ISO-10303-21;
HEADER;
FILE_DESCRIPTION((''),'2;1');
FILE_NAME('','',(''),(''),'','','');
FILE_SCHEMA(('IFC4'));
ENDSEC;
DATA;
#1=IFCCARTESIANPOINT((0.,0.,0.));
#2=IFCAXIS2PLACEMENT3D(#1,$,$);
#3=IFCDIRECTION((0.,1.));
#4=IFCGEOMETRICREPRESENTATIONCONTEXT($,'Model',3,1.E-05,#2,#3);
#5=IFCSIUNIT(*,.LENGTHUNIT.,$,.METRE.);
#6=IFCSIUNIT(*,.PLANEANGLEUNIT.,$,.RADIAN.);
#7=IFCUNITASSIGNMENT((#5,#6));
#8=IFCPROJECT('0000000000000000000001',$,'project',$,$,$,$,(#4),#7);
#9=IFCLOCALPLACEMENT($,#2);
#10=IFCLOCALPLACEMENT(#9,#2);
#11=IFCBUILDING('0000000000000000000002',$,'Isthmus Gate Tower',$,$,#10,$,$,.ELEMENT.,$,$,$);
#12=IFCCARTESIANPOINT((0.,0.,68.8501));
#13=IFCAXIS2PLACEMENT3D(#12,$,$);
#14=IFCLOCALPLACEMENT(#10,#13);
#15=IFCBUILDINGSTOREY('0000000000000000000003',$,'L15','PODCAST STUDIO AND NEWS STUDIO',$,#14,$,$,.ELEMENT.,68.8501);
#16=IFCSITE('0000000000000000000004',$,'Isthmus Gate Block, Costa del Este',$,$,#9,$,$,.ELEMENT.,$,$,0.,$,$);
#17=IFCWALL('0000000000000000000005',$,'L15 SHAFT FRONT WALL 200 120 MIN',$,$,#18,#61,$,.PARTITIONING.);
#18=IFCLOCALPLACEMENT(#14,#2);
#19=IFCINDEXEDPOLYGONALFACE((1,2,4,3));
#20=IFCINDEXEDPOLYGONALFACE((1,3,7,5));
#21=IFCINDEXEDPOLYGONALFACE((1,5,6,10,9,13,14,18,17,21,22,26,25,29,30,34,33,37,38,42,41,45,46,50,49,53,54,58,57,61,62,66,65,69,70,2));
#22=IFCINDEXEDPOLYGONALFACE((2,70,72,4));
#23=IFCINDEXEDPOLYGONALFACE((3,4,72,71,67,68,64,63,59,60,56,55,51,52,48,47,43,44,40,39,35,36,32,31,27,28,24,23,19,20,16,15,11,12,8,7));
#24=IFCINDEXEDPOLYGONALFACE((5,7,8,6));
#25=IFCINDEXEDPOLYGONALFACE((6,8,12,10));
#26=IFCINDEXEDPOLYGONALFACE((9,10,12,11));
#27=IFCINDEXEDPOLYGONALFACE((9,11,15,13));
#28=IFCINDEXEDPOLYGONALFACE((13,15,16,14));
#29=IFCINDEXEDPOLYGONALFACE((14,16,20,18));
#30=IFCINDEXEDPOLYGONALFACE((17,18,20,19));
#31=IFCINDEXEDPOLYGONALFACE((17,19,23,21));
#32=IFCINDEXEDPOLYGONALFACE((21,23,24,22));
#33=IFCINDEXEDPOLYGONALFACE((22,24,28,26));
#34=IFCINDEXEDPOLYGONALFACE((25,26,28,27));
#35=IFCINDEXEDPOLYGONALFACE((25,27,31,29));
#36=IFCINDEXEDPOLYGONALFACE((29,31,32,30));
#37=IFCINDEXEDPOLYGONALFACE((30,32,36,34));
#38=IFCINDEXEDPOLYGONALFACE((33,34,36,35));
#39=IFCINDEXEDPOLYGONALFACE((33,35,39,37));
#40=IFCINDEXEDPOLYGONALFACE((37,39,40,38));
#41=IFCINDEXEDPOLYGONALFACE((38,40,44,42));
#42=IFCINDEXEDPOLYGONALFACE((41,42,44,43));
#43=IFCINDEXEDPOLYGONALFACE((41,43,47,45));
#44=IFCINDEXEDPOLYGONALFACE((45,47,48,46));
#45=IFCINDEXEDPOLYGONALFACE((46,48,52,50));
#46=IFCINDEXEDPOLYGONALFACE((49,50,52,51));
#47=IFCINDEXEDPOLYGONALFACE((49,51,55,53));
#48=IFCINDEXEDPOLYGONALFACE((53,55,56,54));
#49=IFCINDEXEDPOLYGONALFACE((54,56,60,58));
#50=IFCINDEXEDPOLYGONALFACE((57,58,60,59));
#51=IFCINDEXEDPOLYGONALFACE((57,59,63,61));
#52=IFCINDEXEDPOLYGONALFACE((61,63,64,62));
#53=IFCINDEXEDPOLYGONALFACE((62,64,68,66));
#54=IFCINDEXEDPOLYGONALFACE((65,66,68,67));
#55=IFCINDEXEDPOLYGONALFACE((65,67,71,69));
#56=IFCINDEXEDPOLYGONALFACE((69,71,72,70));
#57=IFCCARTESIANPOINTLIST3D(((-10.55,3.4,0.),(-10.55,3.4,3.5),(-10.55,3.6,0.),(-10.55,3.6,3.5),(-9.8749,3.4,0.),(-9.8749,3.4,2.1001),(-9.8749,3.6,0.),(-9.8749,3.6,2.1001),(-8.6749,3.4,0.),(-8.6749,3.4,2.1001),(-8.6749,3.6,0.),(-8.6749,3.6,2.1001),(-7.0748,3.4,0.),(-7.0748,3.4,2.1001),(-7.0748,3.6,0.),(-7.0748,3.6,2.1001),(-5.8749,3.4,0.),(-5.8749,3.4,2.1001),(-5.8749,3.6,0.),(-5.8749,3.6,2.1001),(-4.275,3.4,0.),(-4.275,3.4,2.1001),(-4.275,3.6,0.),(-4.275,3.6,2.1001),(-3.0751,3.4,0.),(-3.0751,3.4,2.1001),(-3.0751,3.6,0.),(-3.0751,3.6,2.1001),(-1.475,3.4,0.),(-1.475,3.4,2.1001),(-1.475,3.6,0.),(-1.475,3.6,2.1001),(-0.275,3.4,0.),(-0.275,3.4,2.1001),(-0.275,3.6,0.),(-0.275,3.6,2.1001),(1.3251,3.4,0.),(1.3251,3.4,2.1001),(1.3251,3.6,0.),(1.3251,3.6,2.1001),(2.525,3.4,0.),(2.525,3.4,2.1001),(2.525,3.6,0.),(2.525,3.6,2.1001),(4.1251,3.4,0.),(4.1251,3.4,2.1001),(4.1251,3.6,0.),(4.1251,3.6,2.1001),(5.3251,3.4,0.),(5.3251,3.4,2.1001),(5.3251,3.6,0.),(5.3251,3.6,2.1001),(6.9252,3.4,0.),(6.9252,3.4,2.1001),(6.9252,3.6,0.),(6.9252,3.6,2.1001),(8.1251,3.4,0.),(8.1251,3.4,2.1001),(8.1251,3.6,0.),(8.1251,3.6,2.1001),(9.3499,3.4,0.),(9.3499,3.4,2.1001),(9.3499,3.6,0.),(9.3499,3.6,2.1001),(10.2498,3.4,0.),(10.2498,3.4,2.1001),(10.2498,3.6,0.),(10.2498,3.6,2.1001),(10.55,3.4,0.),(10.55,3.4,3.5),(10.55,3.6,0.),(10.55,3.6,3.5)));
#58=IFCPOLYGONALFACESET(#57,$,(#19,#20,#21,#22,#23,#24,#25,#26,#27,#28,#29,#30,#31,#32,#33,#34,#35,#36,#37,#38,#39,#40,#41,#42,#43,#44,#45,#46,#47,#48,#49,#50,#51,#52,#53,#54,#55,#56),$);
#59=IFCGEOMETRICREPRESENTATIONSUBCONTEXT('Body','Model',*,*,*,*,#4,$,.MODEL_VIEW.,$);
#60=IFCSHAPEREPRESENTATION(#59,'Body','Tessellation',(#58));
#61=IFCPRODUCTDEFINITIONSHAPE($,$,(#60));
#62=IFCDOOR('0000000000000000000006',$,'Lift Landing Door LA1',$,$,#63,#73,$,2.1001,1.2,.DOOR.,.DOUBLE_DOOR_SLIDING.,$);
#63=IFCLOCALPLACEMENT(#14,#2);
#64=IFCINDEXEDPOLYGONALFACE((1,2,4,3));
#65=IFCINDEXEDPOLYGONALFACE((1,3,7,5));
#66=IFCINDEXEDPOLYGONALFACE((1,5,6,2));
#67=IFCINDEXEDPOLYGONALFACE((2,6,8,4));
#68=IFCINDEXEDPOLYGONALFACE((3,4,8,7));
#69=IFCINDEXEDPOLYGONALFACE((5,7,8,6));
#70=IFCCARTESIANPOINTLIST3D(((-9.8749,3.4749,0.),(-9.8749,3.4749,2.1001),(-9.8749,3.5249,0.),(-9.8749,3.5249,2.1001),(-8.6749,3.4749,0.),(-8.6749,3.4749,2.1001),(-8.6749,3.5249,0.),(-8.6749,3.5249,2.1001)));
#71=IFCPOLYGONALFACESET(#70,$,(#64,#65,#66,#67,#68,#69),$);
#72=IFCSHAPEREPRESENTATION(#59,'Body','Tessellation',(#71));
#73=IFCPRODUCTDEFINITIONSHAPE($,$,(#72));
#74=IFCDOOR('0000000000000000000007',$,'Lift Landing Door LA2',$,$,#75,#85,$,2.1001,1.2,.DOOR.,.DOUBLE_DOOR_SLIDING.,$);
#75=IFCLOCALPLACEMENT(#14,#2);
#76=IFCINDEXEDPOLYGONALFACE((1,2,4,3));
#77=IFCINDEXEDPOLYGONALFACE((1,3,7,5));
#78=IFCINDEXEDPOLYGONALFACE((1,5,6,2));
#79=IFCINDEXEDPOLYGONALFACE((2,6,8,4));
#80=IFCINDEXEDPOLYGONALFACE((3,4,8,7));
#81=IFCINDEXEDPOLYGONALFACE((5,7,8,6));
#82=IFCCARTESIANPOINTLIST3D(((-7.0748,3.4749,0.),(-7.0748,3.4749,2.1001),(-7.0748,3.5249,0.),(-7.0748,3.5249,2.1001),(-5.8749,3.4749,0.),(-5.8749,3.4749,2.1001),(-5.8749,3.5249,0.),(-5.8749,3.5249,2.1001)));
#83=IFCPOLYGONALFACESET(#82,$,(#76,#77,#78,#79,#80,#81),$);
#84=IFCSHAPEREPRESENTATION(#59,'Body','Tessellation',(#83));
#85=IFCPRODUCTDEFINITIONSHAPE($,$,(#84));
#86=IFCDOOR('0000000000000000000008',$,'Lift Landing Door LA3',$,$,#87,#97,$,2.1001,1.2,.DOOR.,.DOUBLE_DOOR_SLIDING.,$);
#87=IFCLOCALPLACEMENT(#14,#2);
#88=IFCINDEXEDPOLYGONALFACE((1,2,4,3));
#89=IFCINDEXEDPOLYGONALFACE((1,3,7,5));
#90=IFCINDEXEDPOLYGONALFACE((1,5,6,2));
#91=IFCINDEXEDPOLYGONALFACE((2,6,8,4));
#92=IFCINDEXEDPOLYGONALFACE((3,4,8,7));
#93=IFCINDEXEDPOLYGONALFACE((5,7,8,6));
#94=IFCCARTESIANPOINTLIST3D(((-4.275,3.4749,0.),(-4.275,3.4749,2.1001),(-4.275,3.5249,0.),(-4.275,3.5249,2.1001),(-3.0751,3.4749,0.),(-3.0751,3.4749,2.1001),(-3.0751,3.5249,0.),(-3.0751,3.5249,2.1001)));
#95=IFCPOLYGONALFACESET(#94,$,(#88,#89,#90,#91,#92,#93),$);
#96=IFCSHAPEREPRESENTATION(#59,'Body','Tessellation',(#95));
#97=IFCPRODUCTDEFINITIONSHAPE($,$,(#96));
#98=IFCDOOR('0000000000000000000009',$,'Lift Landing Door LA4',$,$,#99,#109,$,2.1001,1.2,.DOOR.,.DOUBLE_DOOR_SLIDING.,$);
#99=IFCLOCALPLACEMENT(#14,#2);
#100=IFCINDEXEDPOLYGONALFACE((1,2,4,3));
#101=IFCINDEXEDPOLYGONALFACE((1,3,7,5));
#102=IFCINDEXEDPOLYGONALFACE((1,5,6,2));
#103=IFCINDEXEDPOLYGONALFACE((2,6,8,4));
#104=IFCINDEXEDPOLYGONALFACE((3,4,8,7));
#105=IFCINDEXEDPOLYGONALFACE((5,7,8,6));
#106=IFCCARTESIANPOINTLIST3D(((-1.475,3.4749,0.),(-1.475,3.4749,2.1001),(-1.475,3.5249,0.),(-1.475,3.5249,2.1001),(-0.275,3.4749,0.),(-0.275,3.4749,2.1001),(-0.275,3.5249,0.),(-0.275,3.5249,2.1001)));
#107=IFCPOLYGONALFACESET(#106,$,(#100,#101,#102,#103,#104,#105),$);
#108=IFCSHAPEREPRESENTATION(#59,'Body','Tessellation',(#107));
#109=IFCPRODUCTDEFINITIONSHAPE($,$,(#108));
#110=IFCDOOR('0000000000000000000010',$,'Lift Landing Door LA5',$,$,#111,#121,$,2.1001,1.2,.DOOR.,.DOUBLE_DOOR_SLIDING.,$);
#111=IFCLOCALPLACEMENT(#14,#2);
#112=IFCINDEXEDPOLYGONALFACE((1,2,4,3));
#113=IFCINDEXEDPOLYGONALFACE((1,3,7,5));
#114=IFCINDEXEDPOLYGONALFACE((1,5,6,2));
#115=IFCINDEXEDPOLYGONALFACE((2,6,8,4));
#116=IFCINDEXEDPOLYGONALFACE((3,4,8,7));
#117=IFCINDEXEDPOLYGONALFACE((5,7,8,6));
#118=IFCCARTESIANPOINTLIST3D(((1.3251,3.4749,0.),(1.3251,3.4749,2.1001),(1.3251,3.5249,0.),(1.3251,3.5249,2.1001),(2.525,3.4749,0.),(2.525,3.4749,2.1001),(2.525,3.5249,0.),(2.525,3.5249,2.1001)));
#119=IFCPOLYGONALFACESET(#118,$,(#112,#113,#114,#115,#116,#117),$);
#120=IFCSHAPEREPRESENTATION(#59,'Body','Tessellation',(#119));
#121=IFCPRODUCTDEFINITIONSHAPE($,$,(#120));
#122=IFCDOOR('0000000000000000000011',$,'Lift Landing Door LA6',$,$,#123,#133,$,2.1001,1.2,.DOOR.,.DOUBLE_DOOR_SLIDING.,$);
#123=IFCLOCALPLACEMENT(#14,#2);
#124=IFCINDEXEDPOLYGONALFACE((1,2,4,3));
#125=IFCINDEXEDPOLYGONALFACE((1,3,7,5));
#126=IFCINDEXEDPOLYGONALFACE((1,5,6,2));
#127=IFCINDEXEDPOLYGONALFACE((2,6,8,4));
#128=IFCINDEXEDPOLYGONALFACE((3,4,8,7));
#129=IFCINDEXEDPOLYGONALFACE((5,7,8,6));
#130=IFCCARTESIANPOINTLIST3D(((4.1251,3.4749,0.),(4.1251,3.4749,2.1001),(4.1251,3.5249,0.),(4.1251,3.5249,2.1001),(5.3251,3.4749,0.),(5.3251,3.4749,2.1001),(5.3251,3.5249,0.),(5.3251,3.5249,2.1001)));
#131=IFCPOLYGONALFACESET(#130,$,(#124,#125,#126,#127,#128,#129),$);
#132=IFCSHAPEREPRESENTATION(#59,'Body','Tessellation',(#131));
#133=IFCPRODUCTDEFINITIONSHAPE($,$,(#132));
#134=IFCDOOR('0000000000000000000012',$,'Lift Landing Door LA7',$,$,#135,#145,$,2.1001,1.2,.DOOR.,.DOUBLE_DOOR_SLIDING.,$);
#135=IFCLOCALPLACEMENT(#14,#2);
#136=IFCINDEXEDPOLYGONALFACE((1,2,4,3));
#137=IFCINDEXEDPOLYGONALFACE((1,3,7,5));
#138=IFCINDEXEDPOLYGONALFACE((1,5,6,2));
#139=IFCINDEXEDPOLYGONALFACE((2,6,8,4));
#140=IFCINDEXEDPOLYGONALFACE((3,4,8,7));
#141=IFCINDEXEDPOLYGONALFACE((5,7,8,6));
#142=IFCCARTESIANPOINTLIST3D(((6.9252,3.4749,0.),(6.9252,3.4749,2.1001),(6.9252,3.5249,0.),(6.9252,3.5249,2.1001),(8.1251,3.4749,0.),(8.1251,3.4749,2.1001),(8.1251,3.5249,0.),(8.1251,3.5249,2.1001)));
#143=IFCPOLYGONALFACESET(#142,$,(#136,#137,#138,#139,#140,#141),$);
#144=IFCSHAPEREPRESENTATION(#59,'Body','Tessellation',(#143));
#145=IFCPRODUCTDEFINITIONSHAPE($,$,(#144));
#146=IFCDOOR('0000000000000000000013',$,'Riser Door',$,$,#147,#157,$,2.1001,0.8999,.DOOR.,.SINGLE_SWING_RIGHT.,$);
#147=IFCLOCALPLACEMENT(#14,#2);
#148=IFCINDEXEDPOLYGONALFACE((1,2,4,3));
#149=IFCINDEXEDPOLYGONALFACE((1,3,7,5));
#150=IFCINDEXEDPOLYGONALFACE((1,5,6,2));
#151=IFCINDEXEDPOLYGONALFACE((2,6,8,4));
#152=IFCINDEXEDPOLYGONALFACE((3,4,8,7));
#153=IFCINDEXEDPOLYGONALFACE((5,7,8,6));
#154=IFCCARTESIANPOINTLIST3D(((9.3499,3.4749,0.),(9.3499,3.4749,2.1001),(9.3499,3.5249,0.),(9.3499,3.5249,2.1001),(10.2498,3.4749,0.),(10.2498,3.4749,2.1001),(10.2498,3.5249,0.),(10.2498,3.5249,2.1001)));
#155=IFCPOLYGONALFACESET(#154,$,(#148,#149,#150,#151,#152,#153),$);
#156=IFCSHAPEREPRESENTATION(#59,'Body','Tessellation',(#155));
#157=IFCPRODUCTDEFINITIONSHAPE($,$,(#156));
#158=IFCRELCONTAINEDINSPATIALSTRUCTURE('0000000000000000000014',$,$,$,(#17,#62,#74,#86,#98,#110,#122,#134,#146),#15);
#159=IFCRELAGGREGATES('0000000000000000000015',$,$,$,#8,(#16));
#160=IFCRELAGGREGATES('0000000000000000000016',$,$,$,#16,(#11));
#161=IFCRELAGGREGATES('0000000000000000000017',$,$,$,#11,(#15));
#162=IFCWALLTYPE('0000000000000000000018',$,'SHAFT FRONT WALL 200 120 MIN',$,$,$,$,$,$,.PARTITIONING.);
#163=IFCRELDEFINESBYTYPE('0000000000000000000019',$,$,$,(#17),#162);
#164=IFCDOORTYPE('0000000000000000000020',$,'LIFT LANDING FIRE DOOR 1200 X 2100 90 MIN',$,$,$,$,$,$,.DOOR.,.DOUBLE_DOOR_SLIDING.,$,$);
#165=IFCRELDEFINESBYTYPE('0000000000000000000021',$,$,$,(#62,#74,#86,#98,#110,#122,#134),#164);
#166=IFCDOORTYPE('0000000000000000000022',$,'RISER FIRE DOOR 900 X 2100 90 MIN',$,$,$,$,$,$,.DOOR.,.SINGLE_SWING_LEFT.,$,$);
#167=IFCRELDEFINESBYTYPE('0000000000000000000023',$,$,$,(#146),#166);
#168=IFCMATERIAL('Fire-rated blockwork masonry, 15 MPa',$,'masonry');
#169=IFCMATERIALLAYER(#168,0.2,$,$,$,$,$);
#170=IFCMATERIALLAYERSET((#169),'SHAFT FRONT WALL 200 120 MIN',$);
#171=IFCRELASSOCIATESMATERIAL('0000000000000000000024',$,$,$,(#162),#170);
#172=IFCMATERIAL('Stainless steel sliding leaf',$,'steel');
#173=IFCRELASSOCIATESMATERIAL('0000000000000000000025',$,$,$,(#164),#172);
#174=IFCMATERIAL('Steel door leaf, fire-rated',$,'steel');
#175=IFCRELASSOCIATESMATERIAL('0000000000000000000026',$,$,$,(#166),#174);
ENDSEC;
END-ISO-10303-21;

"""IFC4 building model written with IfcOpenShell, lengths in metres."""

from ifc_helpers import new_model, si_unit, direction, frame, frame_2d, origin, place, context, subcontext, project, spatial, rectangle, extrude, material, layer, layer_set, type_object, element, fill, save


model = new_model("IFC4")

# Units and contexts
model_context = context("Model", 3, precision=1e-05, world=origin(), true_north=direction((0.0, 1.0)))
body_context = subcontext(model_context, "Body", "Model", "MODEL_VIEW")
ifc_project = project(units=[si_unit("LENGTHUNIT", "METRE"), si_unit("PLANEANGLEUNIT", "RADIAN")], contexts=[model_context])

# Site, building, storey
site_placement = place(None, origin())
site = spatial("IfcSite", under=ifc_project, at=site_placement, Name="Isthmus Gate Block, Costa del Este", CompositionType="ELEMENT", RefElevation=0.0)
building_placement = place(site_placement, origin())
building = spatial("IfcBuilding", under=site, at=building_placement, Name="Isthmus Gate Tower", CompositionType="ELEMENT")
storey_placement = place(building_placement, frame((0.0, 0.0, 68.8501)))
storey = spatial("IfcBuildingStorey", under=building, at=storey_placement, Name="L15", Description="PODCAST STUDIO AND NEWS STUDIO", CompositionType="ELEMENT", Elevation=68.8501)

# Wall, openings, doors
ifc_material_1 = material(Name="Fire-rated blockwork masonry, 15 MPa", Category="masonry")
ifc_layer_1 = layer(ifc_material_1, 0.2)
ifc_layer_set_1 = layer_set([ifc_layer_1], Name="SHAFT FRONT WALL 200 120 MIN")
wall_type_1 = type_object("IfcWallType", Name="SHAFT FRONT WALL 200 120 MIN", PredefinedType="PARTITIONING", material=ifc_layer_set_1)
wall_1_placement = place(storey_placement, frame((-10.55, 3.5, 0.0), z_axis=(0.0, 0.0, 1.0), x_axis=(1.0, 0.0, 0.0)))
wall_1 = element("IfcWall", 1, at=wall_1_placement, inside=storey, type_object=wall_type_1, Name="L15 SHAFT FRONT WALL 200 120 MIN", PredefinedType="PARTITIONING", context=body_context, shape_type="SweptSolid", body=[
    extrude(rectangle(XDim=21.1001, YDim=0.2, at=frame_2d((10.55, 0.0))), origin(), (0.0, 0.0, 1.0), 3.5),
])
opening_1_placement = place(wall_1_placement, frame((0.675, 0.0, 0.0)))
opening_1 = element("IfcOpeningElement", 2, at=opening_1_placement, cuts=wall_1, PredefinedType="OPENING", context=body_context, shape_type="SweptSolid", body=[
    extrude(rectangle(XDim=1.2, YDim=2.1001, at=frame_2d((0.6001, 1.05))), frame((0.0, 0.1099, 0.0), z_axis=(0.0, -1.0, 0.0), x_axis=(1.0, 0.0, 0.0)), (0.0, 0.0, 1.0), 0.22),
])
opening_2_placement = place(wall_1_placement, frame((3.4751, 0.0, 0.0)))
opening_2 = element("IfcOpeningElement", 3, at=opening_2_placement, cuts=wall_1, PredefinedType="OPENING", context=body_context, shape_type="SweptSolid", body=[
    extrude(rectangle(XDim=1.2, YDim=2.1001, at=frame_2d((0.6001, 1.05))), frame((0.0, 0.1099, 0.0), z_axis=(0.0, -1.0, 0.0), x_axis=(1.0, 0.0, 0.0)), (0.0, 0.0, 1.0), 0.22),
])
opening_3_placement = place(wall_1_placement, frame((6.2749, 0.0, 0.0)))
opening_3 = element("IfcOpeningElement", 4, at=opening_3_placement, cuts=wall_1, PredefinedType="OPENING", context=body_context, shape_type="SweptSolid", body=[
    extrude(rectangle(XDim=1.2, YDim=2.1001, at=frame_2d((0.6001, 1.05))), frame((0.0, 0.1099, 0.0), z_axis=(0.0, -1.0, 0.0), x_axis=(1.0, 0.0, 0.0)), (0.0, 0.0, 1.0), 0.22),
])
opening_4_placement = place(wall_1_placement, frame((9.075, 0.0, 0.0)))
opening_4 = element("IfcOpeningElement", 5, at=opening_4_placement, cuts=wall_1, PredefinedType="OPENING", context=body_context, shape_type="SweptSolid", body=[
    extrude(rectangle(XDim=1.2, YDim=2.1001, at=frame_2d((0.6001, 1.05))), frame((0.0, 0.1099, 0.0), z_axis=(0.0, -1.0, 0.0), x_axis=(1.0, 0.0, 0.0)), (0.0, 0.0, 1.0), 0.22),
])
opening_5_placement = place(wall_1_placement, frame((11.875, 0.0, 0.0)))
opening_5 = element("IfcOpeningElement", 6, at=opening_5_placement, cuts=wall_1, PredefinedType="OPENING", context=body_context, shape_type="SweptSolid", body=[
    extrude(rectangle(XDim=1.2, YDim=2.1001, at=frame_2d((0.6001, 1.05))), frame((0.0, 0.1099, 0.0), z_axis=(0.0, -1.0, 0.0), x_axis=(1.0, 0.0, 0.0)), (0.0, 0.0, 1.0), 0.22),
])
opening_6_placement = place(wall_1_placement, frame((14.675, 0.0, 0.0)))
opening_6 = element("IfcOpeningElement", 7, at=opening_6_placement, cuts=wall_1, PredefinedType="OPENING", context=body_context, shape_type="SweptSolid", body=[
    extrude(rectangle(XDim=1.2, YDim=2.1001, at=frame_2d((0.6001, 1.05))), frame((0.0, 0.1099, 0.0), z_axis=(0.0, -1.0, 0.0), x_axis=(1.0, 0.0, 0.0)), (0.0, 0.0, 1.0), 0.22),
])
opening_7_placement = place(wall_1_placement, frame((17.4751, 0.0, 0.0)))
opening_7 = element("IfcOpeningElement", 8, at=opening_7_placement, cuts=wall_1, PredefinedType="OPENING", context=body_context, shape_type="SweptSolid", body=[
    extrude(rectangle(XDim=1.2, YDim=2.1001, at=frame_2d((0.6001, 1.05))), frame((0.0, 0.1099, 0.0), z_axis=(0.0, -1.0, 0.0), x_axis=(1.0, 0.0, 0.0)), (0.0, 0.0, 1.0), 0.22),
])
opening_8_placement = place(wall_1_placement, frame((19.8999, 0.0, 0.0)))
opening_8 = element("IfcOpeningElement", 9, at=opening_8_placement, cuts=wall_1, PredefinedType="OPENING", context=body_context, shape_type="SweptSolid", body=[
    extrude(rectangle(XDim=0.8999, YDim=2.1001, at=frame_2d((0.45, 1.05))), frame((0.0, 0.1099, 0.0), z_axis=(0.0, -1.0, 0.0), x_axis=(1.0, 0.0, 0.0)), (0.0, 0.0, 1.0), 0.22),
])
ifc_material_2 = material(Name="Stainless steel sliding leaf", Category="steel")
door_type_1 = type_object("IfcDoorType", Name="LIFT LANDING FIRE DOOR 1200 X 2100 90 MIN", OperationType="DOUBLE_DOOR_SLIDING", PredefinedType="DOOR", material=ifc_material_2)
door_1_placement = place(opening_1_placement, origin())
door_1 = element("IfcDoor", 10, at=door_1_placement, inside=storey, type_object=door_type_1, Name="Lift Landing Door LA1", OperationType="DOUBLE_DOOR_SLIDING", OverallHeight=2.1001, OverallWidth=1.2, PredefinedType="DOOR", context=body_context, shape_type="SweptSolid", body=[
    extrude(rectangle(XDim=1.2, YDim=2.1001, at=frame_2d((0.6001, 1.05))), frame((0.0, 0.0249, 0.0), z_axis=(0.0, -1.0, 0.0), x_axis=(1.0, 0.0, 0.0)), (0.0, 0.0, 1.0), 0.05),
])
fill(opening_1, door_1)
door_2_placement = place(opening_2_placement, origin())
door_2 = element("IfcDoor", 11, at=door_2_placement, inside=storey, type_object=door_type_1, Name="Lift Landing Door LA2", OperationType="DOUBLE_DOOR_SLIDING", OverallHeight=2.1001, OverallWidth=1.2, PredefinedType="DOOR", context=body_context, shape_type="SweptSolid", body=[
    extrude(rectangle(XDim=1.2, YDim=2.1001, at=frame_2d((0.6001, 1.05))), frame((0.0, 0.0249, 0.0), z_axis=(0.0, -1.0, 0.0), x_axis=(1.0, 0.0, 0.0)), (0.0, 0.0, 1.0), 0.05),
])
fill(opening_2, door_2)
door_3_placement = place(opening_3_placement, origin())
door_3 = element("IfcDoor", 12, at=door_3_placement, inside=storey, type_object=door_type_1, Name="Lift Landing Door LA3", OperationType="DOUBLE_DOOR_SLIDING", OverallHeight=2.1001, OverallWidth=1.2, PredefinedType="DOOR", context=body_context, shape_type="SweptSolid", body=[
    extrude(rectangle(XDim=1.2, YDim=2.1001, at=frame_2d((0.6001, 1.05))), frame((0.0, 0.0249, 0.0), z_axis=(0.0, -1.0, 0.0), x_axis=(1.0, 0.0, 0.0)), (0.0, 0.0, 1.0), 0.05),
])
fill(opening_3, door_3)
door_4_placement = place(opening_4_placement, origin())
door_4 = element("IfcDoor", 13, at=door_4_placement, inside=storey, type_object=door_type_1, Name="Lift Landing Door LA4", OperationType="DOUBLE_DOOR_SLIDING", OverallHeight=2.1001, OverallWidth=1.2, PredefinedType="DOOR", context=body_context, shape_type="SweptSolid", body=[
    extrude(rectangle(XDim=1.2, YDim=2.1001, at=frame_2d((0.6001, 1.05))), frame((0.0, 0.0249, 0.0), z_axis=(0.0, -1.0, 0.0), x_axis=(1.0, 0.0, 0.0)), (0.0, 0.0, 1.0), 0.05),
])
fill(opening_4, door_4)
door_5_placement = place(opening_5_placement, origin())
door_5 = element("IfcDoor", 14, at=door_5_placement, inside=storey, type_object=door_type_1, Name="Lift Landing Door LA5", OperationType="DOUBLE_DOOR_SLIDING", OverallHeight=2.1001, OverallWidth=1.2, PredefinedType="DOOR", context=body_context, shape_type="SweptSolid", body=[
    extrude(rectangle(XDim=1.2, YDim=2.1001, at=frame_2d((0.6001, 1.05))), frame((0.0, 0.0249, 0.0), z_axis=(0.0, -1.0, 0.0), x_axis=(1.0, 0.0, 0.0)), (0.0, 0.0, 1.0), 0.05),
])
fill(opening_5, door_5)
door_6_placement = place(opening_6_placement, origin())
door_6 = element("IfcDoor", 15, at=door_6_placement, inside=storey, type_object=door_type_1, Name="Lift Landing Door LA6", OperationType="DOUBLE_DOOR_SLIDING", OverallHeight=2.1001, OverallWidth=1.2, PredefinedType="DOOR", context=body_context, shape_type="SweptSolid", body=[
    extrude(rectangle(XDim=1.2, YDim=2.1001, at=frame_2d((0.6001, 1.05))), frame((0.0, 0.0249, 0.0), z_axis=(0.0, -1.0, 0.0), x_axis=(1.0, 0.0, 0.0)), (0.0, 0.0, 1.0), 0.05),
])
fill(opening_6, door_6)
door_7_placement = place(opening_7_placement, origin())
door_7 = element("IfcDoor", 16, at=door_7_placement, inside=storey, type_object=door_type_1, Name="Lift Landing Door LA7", OperationType="DOUBLE_DOOR_SLIDING", OverallHeight=2.1001, OverallWidth=1.2, PredefinedType="DOOR", context=body_context, shape_type="SweptSolid", body=[
    extrude(rectangle(XDim=1.2, YDim=2.1001, at=frame_2d((0.6001, 1.05))), frame((0.0, 0.0249, 0.0), z_axis=(0.0, -1.0, 0.0), x_axis=(1.0, 0.0, 0.0)), (0.0, 0.0, 1.0), 0.05),
])
fill(opening_7, door_7)
ifc_material_3 = material(Name="Steel door leaf, fire-rated", Category="steel")
door_type_2 = type_object("IfcDoorType", Name="RISER FIRE DOOR 900 X 2100 90 MIN", OperationType="SINGLE_SWING_LEFT", PredefinedType="DOOR", material=ifc_material_3)
door_8_placement = place(opening_8_placement, origin())
door_8 = element("IfcDoor", 17, at=door_8_placement, inside=storey, type_object=door_type_2, Name="Riser Door", OperationType="SINGLE_SWING_RIGHT", OverallHeight=2.1001, OverallWidth=0.8999, PredefinedType="DOOR", context=body_context, shape_type="SweptSolid", body=[
    extrude(rectangle(XDim=0.8999, YDim=2.1001, at=frame_2d((0.45, 1.05))), frame((0.0, 0.0249, 0.0), z_axis=(0.0, -1.0, 0.0), x_axis=(1.0, 0.0, 0.0)), (0.0, 0.0, 1.0), 0.05),
])
fill(opening_8, door_8)

save(model, "model.ifc")
